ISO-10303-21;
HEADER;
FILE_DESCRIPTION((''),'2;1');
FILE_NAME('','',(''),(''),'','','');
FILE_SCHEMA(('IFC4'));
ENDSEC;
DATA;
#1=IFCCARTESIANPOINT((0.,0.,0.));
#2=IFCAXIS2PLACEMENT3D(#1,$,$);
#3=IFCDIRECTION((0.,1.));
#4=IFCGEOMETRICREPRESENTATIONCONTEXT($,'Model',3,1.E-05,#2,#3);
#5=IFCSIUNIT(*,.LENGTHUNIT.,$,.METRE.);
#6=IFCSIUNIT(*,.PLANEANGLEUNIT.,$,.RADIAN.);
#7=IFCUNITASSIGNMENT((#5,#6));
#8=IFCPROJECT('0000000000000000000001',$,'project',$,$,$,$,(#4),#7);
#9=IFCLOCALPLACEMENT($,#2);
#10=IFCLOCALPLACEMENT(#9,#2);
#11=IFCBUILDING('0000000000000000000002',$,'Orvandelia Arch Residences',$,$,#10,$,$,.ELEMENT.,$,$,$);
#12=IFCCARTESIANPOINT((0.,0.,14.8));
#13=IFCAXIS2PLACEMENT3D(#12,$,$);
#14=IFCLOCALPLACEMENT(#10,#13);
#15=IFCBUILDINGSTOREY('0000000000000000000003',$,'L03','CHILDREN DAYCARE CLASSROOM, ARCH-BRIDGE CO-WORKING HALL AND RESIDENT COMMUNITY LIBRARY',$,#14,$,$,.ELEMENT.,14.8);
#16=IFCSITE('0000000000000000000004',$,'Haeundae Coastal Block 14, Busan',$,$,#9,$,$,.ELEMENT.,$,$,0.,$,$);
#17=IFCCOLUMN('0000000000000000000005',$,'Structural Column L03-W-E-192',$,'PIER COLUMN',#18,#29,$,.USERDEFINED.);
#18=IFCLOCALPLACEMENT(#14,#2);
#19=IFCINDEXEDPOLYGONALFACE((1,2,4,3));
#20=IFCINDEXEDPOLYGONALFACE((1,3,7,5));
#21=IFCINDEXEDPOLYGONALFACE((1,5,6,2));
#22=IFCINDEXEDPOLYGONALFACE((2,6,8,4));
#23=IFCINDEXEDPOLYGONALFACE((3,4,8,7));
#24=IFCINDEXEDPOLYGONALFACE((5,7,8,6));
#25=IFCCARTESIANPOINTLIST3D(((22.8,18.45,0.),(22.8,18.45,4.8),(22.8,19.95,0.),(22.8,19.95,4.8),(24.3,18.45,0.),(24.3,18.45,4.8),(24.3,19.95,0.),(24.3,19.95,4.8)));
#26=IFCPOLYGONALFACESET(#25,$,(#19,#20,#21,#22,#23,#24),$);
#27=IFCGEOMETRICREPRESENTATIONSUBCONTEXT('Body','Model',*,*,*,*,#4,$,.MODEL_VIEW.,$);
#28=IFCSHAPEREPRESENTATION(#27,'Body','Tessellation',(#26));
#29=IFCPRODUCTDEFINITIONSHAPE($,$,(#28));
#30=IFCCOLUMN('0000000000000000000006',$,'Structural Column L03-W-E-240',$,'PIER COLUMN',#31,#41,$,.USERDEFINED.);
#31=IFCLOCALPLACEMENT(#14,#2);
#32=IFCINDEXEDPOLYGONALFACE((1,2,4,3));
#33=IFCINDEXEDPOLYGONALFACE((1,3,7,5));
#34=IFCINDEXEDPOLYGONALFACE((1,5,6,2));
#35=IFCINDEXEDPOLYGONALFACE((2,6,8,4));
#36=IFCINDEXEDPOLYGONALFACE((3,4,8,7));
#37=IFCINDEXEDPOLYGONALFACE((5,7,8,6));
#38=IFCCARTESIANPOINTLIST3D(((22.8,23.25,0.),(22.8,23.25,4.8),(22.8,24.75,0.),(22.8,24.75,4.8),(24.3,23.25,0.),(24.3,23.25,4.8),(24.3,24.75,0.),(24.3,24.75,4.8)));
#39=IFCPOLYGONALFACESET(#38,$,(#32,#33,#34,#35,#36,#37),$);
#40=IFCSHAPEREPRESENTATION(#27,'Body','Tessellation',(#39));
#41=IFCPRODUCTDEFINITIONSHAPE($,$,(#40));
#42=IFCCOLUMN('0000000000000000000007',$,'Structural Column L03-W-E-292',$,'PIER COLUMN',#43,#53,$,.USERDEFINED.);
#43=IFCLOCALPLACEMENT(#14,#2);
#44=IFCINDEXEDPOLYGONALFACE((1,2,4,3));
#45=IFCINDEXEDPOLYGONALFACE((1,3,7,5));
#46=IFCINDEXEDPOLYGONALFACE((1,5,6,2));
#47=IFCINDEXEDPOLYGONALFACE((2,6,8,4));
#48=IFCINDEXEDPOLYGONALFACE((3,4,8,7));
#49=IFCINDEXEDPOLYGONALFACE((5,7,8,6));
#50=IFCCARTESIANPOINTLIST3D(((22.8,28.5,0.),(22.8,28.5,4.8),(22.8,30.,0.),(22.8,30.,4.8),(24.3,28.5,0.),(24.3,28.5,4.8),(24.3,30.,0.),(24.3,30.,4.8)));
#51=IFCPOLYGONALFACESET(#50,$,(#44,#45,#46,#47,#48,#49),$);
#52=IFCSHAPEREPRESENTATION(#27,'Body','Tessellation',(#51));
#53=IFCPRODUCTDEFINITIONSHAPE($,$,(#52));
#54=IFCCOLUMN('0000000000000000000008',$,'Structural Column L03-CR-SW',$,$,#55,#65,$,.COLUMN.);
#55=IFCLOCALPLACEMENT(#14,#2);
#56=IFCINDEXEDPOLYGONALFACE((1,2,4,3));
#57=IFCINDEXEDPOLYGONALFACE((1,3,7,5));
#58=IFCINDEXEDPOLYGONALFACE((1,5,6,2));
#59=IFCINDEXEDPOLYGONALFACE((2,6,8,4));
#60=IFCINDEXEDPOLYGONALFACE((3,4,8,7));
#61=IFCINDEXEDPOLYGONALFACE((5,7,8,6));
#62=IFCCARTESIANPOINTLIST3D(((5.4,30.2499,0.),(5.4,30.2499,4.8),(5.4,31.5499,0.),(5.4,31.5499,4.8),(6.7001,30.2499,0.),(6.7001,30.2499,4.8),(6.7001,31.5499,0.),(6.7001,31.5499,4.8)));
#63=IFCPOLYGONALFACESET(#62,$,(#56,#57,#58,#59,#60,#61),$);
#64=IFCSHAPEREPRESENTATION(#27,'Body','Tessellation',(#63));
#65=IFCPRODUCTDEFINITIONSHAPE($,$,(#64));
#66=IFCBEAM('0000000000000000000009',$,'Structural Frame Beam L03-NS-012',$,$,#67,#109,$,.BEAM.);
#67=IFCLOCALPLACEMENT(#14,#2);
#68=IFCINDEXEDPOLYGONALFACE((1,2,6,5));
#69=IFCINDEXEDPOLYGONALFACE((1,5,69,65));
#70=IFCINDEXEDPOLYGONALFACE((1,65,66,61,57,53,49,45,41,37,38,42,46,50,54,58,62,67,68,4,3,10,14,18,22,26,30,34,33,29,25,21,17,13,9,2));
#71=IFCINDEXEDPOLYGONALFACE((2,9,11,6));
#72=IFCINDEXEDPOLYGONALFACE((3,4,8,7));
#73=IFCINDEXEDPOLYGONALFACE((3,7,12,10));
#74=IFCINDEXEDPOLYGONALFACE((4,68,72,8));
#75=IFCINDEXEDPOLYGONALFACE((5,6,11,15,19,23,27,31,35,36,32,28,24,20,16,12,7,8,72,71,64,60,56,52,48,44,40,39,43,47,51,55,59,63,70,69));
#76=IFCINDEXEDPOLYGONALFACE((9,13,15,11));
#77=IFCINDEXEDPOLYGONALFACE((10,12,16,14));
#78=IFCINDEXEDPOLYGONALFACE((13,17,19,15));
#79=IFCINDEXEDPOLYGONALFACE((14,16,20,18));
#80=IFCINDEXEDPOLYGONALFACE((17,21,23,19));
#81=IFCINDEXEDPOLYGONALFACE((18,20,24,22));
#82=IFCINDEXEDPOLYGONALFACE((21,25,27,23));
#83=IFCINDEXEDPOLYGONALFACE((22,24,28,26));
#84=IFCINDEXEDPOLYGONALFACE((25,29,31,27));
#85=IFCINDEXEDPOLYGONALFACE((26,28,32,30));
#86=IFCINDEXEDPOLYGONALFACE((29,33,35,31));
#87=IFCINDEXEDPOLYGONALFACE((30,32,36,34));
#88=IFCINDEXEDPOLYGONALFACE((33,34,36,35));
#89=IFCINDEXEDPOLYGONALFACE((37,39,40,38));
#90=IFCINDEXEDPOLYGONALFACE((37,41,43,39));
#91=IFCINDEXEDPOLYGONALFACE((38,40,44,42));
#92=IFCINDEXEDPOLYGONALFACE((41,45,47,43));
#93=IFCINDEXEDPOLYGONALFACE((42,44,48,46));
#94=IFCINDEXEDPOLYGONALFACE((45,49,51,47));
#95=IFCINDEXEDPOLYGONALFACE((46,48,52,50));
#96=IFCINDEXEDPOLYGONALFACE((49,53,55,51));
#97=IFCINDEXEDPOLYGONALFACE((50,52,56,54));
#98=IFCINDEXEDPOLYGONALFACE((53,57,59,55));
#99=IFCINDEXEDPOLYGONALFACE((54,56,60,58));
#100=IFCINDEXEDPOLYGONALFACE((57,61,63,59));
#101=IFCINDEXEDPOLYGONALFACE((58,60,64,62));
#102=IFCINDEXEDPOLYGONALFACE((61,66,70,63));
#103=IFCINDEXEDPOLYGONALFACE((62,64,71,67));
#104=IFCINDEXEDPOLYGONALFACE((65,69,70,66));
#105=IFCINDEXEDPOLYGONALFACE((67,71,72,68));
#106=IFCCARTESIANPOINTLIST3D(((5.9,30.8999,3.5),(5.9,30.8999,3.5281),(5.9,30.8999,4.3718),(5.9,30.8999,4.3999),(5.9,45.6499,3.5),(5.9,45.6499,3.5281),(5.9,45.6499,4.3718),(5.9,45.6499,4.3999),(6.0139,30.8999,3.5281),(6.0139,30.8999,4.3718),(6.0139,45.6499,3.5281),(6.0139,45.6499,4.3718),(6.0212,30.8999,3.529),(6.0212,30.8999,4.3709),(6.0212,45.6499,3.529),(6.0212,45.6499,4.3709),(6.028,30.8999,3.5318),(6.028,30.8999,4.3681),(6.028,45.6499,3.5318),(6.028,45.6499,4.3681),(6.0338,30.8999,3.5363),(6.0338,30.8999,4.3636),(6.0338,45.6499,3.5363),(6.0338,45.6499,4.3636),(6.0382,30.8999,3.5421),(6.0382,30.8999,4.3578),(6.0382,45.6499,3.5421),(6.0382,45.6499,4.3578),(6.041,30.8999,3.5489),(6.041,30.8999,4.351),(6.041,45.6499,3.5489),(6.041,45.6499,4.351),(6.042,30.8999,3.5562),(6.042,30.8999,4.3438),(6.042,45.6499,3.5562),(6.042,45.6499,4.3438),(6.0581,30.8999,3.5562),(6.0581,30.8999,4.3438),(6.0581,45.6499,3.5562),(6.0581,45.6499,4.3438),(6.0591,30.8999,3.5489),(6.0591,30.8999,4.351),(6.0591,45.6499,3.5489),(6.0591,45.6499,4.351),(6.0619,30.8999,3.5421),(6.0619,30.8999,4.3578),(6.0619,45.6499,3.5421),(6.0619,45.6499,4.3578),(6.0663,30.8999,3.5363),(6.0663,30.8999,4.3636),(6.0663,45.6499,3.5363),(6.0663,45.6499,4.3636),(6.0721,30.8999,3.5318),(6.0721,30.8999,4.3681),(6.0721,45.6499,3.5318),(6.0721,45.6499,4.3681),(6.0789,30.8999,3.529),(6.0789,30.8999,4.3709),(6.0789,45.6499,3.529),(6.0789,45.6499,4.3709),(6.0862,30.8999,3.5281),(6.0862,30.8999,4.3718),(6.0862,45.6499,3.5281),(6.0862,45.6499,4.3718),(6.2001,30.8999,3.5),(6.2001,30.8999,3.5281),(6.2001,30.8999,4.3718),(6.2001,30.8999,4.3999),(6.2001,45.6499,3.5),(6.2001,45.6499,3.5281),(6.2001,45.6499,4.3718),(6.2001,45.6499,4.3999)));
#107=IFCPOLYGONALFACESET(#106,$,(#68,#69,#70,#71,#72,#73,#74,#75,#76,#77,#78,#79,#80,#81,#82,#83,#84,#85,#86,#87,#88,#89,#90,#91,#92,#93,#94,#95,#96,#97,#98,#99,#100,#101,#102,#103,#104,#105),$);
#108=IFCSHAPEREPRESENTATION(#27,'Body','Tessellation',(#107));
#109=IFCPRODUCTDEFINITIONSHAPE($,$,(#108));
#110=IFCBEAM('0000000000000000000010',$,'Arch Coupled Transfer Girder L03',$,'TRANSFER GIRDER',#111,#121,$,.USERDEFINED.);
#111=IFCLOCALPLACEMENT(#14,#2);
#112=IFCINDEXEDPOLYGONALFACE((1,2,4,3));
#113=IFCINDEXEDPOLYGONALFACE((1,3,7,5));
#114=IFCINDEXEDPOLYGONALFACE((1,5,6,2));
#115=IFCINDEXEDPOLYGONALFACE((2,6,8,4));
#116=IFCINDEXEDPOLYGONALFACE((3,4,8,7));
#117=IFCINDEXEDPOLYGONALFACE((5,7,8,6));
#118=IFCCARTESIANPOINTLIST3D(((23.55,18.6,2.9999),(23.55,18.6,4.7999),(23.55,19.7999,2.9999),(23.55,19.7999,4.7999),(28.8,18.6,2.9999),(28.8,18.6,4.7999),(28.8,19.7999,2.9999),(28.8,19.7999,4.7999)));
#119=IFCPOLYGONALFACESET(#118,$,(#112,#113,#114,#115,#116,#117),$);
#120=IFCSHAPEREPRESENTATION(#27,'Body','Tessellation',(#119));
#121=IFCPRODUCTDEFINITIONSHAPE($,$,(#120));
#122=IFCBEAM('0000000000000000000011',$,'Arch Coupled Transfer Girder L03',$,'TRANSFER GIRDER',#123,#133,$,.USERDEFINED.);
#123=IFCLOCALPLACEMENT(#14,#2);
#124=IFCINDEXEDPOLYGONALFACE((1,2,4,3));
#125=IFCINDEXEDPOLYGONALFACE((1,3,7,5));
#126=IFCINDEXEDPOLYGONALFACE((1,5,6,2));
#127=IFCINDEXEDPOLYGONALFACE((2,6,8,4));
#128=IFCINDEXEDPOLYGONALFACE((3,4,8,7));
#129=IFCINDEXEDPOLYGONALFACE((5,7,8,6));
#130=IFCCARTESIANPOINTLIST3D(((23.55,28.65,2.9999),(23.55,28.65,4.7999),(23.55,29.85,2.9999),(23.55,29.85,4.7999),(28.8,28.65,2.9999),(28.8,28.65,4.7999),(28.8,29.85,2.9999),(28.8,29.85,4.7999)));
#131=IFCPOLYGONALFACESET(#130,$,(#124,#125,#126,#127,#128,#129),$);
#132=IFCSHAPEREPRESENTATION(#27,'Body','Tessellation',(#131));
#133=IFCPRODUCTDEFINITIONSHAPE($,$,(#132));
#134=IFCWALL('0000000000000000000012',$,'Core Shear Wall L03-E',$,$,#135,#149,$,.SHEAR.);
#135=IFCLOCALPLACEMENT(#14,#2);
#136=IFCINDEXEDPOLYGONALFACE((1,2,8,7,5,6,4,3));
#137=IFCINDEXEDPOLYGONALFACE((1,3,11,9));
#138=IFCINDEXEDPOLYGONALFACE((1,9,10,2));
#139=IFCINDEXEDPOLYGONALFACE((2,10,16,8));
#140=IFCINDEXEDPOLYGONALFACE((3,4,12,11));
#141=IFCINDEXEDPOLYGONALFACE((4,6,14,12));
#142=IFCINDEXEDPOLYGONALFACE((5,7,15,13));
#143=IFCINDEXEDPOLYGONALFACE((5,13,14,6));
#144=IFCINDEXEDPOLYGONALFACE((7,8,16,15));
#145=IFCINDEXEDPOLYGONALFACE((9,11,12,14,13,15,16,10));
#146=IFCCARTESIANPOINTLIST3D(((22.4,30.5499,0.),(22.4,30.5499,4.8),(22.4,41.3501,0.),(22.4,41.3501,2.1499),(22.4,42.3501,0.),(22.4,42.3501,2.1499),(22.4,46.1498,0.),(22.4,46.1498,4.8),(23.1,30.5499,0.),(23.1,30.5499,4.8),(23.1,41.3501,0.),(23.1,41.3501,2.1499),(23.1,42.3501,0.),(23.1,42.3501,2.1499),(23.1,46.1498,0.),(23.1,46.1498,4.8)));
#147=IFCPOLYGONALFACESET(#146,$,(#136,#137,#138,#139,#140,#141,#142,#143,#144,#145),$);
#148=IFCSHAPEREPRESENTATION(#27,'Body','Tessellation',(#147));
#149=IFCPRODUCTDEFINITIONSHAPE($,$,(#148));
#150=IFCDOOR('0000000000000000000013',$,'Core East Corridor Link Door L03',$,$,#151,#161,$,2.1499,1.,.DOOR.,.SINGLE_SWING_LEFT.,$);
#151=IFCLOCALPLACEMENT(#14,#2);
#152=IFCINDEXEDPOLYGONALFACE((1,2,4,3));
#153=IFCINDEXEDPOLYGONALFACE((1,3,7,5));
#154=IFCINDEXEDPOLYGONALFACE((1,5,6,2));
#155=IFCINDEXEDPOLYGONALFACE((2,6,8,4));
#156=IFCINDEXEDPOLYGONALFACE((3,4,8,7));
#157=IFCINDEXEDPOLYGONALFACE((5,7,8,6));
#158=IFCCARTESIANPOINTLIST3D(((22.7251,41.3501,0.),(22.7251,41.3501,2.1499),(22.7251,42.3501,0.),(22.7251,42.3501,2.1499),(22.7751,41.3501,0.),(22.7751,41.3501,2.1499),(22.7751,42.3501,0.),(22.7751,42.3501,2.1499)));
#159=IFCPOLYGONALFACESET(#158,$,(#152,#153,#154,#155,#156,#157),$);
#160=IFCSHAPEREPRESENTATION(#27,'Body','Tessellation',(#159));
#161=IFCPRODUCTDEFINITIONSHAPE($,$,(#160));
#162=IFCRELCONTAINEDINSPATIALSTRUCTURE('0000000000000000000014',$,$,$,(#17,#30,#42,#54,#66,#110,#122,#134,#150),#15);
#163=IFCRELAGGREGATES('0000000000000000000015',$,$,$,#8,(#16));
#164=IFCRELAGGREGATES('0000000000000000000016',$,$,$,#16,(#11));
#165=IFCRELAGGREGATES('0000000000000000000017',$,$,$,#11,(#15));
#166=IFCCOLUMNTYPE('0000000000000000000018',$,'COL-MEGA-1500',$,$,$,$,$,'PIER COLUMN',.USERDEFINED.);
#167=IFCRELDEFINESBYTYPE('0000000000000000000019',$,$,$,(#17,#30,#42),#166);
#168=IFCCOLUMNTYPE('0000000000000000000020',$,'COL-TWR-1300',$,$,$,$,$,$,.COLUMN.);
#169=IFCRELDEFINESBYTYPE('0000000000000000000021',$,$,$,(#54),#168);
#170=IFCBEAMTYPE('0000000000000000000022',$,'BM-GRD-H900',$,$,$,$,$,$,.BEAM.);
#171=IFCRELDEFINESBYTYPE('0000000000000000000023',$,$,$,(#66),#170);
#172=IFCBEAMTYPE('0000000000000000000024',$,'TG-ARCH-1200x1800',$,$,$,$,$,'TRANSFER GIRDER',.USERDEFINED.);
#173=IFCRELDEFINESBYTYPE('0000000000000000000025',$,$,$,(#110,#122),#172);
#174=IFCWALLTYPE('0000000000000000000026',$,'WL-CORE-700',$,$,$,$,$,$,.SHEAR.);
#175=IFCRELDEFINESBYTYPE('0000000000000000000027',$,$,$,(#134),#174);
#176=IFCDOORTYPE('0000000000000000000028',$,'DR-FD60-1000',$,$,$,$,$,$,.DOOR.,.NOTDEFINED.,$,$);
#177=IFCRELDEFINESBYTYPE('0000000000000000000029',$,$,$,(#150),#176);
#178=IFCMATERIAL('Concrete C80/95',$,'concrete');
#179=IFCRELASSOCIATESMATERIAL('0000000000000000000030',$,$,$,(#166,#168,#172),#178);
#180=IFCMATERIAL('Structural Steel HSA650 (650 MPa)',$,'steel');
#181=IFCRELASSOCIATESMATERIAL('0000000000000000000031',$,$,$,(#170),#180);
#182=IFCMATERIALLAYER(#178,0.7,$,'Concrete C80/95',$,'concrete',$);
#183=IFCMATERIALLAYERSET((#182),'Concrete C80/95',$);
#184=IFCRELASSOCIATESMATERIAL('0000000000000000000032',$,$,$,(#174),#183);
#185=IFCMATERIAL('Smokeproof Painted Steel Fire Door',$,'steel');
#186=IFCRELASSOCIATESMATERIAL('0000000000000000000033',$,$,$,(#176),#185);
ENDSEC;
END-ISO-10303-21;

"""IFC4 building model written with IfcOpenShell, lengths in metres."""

from ifc_helpers import new_model, si_unit, direction, frame, frame_2d, origin, origin_2d, place, context, subcontext, project, spatial, rectangle, i_section, extrude, material, layer, layer_set, material_profile, profile_set, type_object, element, fill, save


model = new_model("IFC4")

# Units and contexts
model_context = context("Model", 3, precision=1e-05, world=origin(), true_north=direction((0.0, 1.0)))
body_context = subcontext(model_context, "Body", "Model", "MODEL_VIEW")
ifc_project = project(units=[si_unit("LENGTHUNIT", "METRE"), si_unit("PLANEANGLEUNIT", "RADIAN")], contexts=[model_context])

# Site, building, storey
site_placement = place(None, origin())
site = spatial("IfcSite", under=ifc_project, at=site_placement, Name="Haeundae Coastal Block 14, Busan", CompositionType="ELEMENT", RefElevation=0.0)
building_placement = place(site_placement, origin())
building = spatial("IfcBuilding", under=site, at=building_placement, Name="Orvandelia Arch Residences", CompositionType="ELEMENT")
storey_placement = place(building_placement, frame((0.0, 0.0, 14.8)))
storey = spatial("IfcBuildingStorey", under=building, at=storey_placement, Name="L03", Description="CHILDREN DAYCARE CLASSROOM, ARCH-BRIDGE CO-WORKING HALL AND RESIDENT COMMUNITY LIBRARY", CompositionType="ELEMENT", Elevation=14.8)

# Columns
ifc_material_1 = material(Name="Concrete C80/95", Category="concrete")
ifc_material_profile_1 = material_profile(ifc_material_1, rectangle(XDim=1.5, YDim=1.5, at=origin_2d()), Name="Concrete C80/95", Category="concrete")
ifc_profile_set_1 = profile_set([ifc_material_profile_1], Name="Concrete C80/95")
column_type_1 = type_object("IfcColumnType", Name="COL-MEGA-1500", ElementType="PIER COLUMN", PredefinedType="USERDEFINED", material=ifc_profile_set_1)
for number, where, z_axis, x_axis, name in (
    (1, (23.55, 19.2, 0.0), (0.0, 0.0, 1.0), (1.0, 0.0, 0.0), "Structural Column L03-W-E-192"),
    (2, (23.55, 24.0, 0.0), (0.0, 0.0, 1.0), (1.0, 0.0, 0.0), "Structural Column L03-W-E-240"),
    (3, (23.55, 29.25, 0.0), (0.0, 0.0, 1.0), (1.0, 0.0, 0.0), "Structural Column L03-W-E-292"),
):
    element("IfcColumn", number, at=place(storey_placement, frame(where, z_axis=z_axis, x_axis=x_axis)), inside=storey, type_object=column_type_1, Name=name, ObjectType="PIER COLUMN", PredefinedType="USERDEFINED", context=body_context, shape_type="SweptSolid", body=[
        extrude(rectangle(XDim=1.5, YDim=1.5, at=origin_2d()), origin(), (0.0, 0.0, 1.0), 4.8),
    ])
ifc_material_profile_2 = material_profile(ifc_material_1, rectangle(XDim=1.3, YDim=1.3, at=origin_2d()), Name="Concrete C80/95", Category="concrete")
ifc_profile_set_2 = profile_set([ifc_material_profile_2], Name="Concrete C80/95")
column_type_2 = type_object("IfcColumnType", Name="COL-TWR-1300", PredefinedType="COLUMN", material=ifc_profile_set_2)
column_placement = place(storey_placement, frame((6.05, 30.8999, 0.0), z_axis=(0.0, 0.0, 1.0), x_axis=(1.0, 0.0, 0.0)))
element("IfcColumn", 4, at=column_placement, inside=storey, type_object=column_type_2, Name="Structural Column L03-CR-SW", PredefinedType="COLUMN", context=body_context, shape_type="SweptSolid", body=[
    extrude(rectangle(XDim=1.3, YDim=1.3, at=origin_2d()), origin(), (0.0, 0.0, 1.0), 4.8),
])

# Beams
ifc_material_2 = material(Name="Structural Steel HSA650 (650 MPa)", Category="steel")
ifc_material_profile_3 = material_profile(ifc_material_2, i_section(OverallWidth=0.3, OverallDepth=0.8999, WebThickness=0.0161, FlangeThickness=0.0281, FilletRadius=0.0281, at=origin_2d()), Name="Structural Steel HSA650 (650 MPa)", Category="steel")
ifc_profile_set_3 = profile_set([ifc_material_profile_3], Name="Structural Steel HSA650 (650 MPa)")
beam_type_1 = type_object("IfcBeamType", Name="BM-GRD-H900", PredefinedType="BEAM", material=ifc_profile_set_3)
beam_placement = place(storey_placement, frame((6.05, 30.8999, 3.95), z_axis=(0.0, 1.0, 0.0), x_axis=(-1.0, 0.0, 0.0)))
element("IfcBeam", 5, at=beam_placement, inside=storey, type_object=beam_type_1, Name="Structural Frame Beam L03-NS-012", PredefinedType="BEAM", context=body_context, shape_type="SweptSolid", body=[
    extrude(i_section(OverallWidth=0.3, OverallDepth=0.8999, WebThickness=0.0161, FlangeThickness=0.0281, FilletRadius=0.0281, at=origin_2d()), origin(), (0.0, 0.0, 1.0), 14.75),
])
ifc_material_profile_4 = material_profile(ifc_material_1, rectangle(XDim=1.2, YDim=1.8, at=origin_2d()), Name="Concrete C80/95", Category="concrete")
ifc_profile_set_4 = profile_set([ifc_material_profile_4], Name="Concrete C80/95")
beam_type_2 = type_object("IfcBeamType", Name="TG-ARCH-1200x1800", ElementType="TRANSFER GIRDER", PredefinedType="USERDEFINED", material=ifc_profile_set_4)
for number, where, z_axis, x_axis, name in (
    (6, (23.55, 19.2, 3.8999), (1.0, 0.0, 0.0), (0.0, 1.0, 0.0), "Arch Coupled Transfer Girder L03"),
    (7, (23.55, 29.25, 3.8999), (1.0, 0.0, 0.0), (0.0, 1.0, 0.0), "Arch Coupled Transfer Girder L03"),
):
    element("IfcBeam", number, at=place(storey_placement, frame(where, z_axis=z_axis, x_axis=x_axis)), inside=storey, type_object=beam_type_2, Name=name, ObjectType="TRANSFER GIRDER", PredefinedType="USERDEFINED", context=body_context, shape_type="SweptSolid", body=[
        extrude(rectangle(XDim=1.2, YDim=1.8, at=origin_2d()), origin(), (0.0, 0.0, 1.0), 5.25),
    ])

# Wall, opening, door
ifc_layer_1 = layer(ifc_material_1, 0.7, Name="Concrete C80/95", Category="concrete")
ifc_layer_set_1 = layer_set([ifc_layer_1], Name="Concrete C80/95")
wall_type_1 = type_object("IfcWallType", Name="WL-CORE-700", PredefinedType="SHEAR", material=ifc_layer_set_1)
wall_1_placement = place(storey_placement, frame((22.75, 30.55, 0.0), z_axis=(0.0, 0.0, 1.0), x_axis=(0.0, 1.0, 0.0)))
wall_1 = element("IfcWall", 8, at=wall_1_placement, inside=storey, type_object=wall_type_1, Name="Core Shear Wall L03-E", PredefinedType="SHEAR", context=body_context, shape_type="SweptSolid", body=[
    extrude(rectangle(XDim=15.5999, YDim=0.7, at=frame_2d((7.7998, 0.0))), origin(), (0.0, 0.0, 1.0), 4.8),
])
opening_1_placement = place(wall_1_placement, frame((10.8, 0.0, 0.0)))
opening_1 = element("IfcOpeningElement", 9, at=opening_1_placement, cuts=wall_1, PredefinedType="OPENING", context=body_context, shape_type="SweptSolid", body=[
    extrude(rectangle(XDim=1.0, YDim=2.1499, at=frame_2d((0.5, 1.075))), frame((0.0, 0.3599, 0.0), z_axis=(0.0, -1.0, 0.0), x_axis=(1.0, 0.0, 0.0)), (0.0, 0.0, 1.0), 0.72),
])
ifc_material_3 = material(Name="Smokeproof Painted Steel Fire Door", Category="steel")
door_type_1 = type_object("IfcDoorType", Name="DR-FD60-1000", OperationType="NOTDEFINED", PredefinedType="DOOR", material=ifc_material_3)
door_1_placement = place(opening_1_placement, origin())
door_1 = element("IfcDoor", 10, at=door_1_placement, inside=storey, type_object=door_type_1, Name="Core East Corridor Link Door L03", OperationType="SINGLE_SWING_LEFT", OverallHeight=2.1499, OverallWidth=1.0, PredefinedType="DOOR", context=body_context, shape_type="SweptSolid", body=[
    extrude(rectangle(XDim=1.0, YDim=2.1499, at=frame_2d((0.5, 1.075))), frame((0.0, 0.0249, 0.0), z_axis=(0.0, -1.0, 0.0), x_axis=(1.0, 0.0, 0.0)), (0.0, 0.0, 1.0), 0.05),
])
fill(opening_1, door_1)

save(model, "model.ifc")
